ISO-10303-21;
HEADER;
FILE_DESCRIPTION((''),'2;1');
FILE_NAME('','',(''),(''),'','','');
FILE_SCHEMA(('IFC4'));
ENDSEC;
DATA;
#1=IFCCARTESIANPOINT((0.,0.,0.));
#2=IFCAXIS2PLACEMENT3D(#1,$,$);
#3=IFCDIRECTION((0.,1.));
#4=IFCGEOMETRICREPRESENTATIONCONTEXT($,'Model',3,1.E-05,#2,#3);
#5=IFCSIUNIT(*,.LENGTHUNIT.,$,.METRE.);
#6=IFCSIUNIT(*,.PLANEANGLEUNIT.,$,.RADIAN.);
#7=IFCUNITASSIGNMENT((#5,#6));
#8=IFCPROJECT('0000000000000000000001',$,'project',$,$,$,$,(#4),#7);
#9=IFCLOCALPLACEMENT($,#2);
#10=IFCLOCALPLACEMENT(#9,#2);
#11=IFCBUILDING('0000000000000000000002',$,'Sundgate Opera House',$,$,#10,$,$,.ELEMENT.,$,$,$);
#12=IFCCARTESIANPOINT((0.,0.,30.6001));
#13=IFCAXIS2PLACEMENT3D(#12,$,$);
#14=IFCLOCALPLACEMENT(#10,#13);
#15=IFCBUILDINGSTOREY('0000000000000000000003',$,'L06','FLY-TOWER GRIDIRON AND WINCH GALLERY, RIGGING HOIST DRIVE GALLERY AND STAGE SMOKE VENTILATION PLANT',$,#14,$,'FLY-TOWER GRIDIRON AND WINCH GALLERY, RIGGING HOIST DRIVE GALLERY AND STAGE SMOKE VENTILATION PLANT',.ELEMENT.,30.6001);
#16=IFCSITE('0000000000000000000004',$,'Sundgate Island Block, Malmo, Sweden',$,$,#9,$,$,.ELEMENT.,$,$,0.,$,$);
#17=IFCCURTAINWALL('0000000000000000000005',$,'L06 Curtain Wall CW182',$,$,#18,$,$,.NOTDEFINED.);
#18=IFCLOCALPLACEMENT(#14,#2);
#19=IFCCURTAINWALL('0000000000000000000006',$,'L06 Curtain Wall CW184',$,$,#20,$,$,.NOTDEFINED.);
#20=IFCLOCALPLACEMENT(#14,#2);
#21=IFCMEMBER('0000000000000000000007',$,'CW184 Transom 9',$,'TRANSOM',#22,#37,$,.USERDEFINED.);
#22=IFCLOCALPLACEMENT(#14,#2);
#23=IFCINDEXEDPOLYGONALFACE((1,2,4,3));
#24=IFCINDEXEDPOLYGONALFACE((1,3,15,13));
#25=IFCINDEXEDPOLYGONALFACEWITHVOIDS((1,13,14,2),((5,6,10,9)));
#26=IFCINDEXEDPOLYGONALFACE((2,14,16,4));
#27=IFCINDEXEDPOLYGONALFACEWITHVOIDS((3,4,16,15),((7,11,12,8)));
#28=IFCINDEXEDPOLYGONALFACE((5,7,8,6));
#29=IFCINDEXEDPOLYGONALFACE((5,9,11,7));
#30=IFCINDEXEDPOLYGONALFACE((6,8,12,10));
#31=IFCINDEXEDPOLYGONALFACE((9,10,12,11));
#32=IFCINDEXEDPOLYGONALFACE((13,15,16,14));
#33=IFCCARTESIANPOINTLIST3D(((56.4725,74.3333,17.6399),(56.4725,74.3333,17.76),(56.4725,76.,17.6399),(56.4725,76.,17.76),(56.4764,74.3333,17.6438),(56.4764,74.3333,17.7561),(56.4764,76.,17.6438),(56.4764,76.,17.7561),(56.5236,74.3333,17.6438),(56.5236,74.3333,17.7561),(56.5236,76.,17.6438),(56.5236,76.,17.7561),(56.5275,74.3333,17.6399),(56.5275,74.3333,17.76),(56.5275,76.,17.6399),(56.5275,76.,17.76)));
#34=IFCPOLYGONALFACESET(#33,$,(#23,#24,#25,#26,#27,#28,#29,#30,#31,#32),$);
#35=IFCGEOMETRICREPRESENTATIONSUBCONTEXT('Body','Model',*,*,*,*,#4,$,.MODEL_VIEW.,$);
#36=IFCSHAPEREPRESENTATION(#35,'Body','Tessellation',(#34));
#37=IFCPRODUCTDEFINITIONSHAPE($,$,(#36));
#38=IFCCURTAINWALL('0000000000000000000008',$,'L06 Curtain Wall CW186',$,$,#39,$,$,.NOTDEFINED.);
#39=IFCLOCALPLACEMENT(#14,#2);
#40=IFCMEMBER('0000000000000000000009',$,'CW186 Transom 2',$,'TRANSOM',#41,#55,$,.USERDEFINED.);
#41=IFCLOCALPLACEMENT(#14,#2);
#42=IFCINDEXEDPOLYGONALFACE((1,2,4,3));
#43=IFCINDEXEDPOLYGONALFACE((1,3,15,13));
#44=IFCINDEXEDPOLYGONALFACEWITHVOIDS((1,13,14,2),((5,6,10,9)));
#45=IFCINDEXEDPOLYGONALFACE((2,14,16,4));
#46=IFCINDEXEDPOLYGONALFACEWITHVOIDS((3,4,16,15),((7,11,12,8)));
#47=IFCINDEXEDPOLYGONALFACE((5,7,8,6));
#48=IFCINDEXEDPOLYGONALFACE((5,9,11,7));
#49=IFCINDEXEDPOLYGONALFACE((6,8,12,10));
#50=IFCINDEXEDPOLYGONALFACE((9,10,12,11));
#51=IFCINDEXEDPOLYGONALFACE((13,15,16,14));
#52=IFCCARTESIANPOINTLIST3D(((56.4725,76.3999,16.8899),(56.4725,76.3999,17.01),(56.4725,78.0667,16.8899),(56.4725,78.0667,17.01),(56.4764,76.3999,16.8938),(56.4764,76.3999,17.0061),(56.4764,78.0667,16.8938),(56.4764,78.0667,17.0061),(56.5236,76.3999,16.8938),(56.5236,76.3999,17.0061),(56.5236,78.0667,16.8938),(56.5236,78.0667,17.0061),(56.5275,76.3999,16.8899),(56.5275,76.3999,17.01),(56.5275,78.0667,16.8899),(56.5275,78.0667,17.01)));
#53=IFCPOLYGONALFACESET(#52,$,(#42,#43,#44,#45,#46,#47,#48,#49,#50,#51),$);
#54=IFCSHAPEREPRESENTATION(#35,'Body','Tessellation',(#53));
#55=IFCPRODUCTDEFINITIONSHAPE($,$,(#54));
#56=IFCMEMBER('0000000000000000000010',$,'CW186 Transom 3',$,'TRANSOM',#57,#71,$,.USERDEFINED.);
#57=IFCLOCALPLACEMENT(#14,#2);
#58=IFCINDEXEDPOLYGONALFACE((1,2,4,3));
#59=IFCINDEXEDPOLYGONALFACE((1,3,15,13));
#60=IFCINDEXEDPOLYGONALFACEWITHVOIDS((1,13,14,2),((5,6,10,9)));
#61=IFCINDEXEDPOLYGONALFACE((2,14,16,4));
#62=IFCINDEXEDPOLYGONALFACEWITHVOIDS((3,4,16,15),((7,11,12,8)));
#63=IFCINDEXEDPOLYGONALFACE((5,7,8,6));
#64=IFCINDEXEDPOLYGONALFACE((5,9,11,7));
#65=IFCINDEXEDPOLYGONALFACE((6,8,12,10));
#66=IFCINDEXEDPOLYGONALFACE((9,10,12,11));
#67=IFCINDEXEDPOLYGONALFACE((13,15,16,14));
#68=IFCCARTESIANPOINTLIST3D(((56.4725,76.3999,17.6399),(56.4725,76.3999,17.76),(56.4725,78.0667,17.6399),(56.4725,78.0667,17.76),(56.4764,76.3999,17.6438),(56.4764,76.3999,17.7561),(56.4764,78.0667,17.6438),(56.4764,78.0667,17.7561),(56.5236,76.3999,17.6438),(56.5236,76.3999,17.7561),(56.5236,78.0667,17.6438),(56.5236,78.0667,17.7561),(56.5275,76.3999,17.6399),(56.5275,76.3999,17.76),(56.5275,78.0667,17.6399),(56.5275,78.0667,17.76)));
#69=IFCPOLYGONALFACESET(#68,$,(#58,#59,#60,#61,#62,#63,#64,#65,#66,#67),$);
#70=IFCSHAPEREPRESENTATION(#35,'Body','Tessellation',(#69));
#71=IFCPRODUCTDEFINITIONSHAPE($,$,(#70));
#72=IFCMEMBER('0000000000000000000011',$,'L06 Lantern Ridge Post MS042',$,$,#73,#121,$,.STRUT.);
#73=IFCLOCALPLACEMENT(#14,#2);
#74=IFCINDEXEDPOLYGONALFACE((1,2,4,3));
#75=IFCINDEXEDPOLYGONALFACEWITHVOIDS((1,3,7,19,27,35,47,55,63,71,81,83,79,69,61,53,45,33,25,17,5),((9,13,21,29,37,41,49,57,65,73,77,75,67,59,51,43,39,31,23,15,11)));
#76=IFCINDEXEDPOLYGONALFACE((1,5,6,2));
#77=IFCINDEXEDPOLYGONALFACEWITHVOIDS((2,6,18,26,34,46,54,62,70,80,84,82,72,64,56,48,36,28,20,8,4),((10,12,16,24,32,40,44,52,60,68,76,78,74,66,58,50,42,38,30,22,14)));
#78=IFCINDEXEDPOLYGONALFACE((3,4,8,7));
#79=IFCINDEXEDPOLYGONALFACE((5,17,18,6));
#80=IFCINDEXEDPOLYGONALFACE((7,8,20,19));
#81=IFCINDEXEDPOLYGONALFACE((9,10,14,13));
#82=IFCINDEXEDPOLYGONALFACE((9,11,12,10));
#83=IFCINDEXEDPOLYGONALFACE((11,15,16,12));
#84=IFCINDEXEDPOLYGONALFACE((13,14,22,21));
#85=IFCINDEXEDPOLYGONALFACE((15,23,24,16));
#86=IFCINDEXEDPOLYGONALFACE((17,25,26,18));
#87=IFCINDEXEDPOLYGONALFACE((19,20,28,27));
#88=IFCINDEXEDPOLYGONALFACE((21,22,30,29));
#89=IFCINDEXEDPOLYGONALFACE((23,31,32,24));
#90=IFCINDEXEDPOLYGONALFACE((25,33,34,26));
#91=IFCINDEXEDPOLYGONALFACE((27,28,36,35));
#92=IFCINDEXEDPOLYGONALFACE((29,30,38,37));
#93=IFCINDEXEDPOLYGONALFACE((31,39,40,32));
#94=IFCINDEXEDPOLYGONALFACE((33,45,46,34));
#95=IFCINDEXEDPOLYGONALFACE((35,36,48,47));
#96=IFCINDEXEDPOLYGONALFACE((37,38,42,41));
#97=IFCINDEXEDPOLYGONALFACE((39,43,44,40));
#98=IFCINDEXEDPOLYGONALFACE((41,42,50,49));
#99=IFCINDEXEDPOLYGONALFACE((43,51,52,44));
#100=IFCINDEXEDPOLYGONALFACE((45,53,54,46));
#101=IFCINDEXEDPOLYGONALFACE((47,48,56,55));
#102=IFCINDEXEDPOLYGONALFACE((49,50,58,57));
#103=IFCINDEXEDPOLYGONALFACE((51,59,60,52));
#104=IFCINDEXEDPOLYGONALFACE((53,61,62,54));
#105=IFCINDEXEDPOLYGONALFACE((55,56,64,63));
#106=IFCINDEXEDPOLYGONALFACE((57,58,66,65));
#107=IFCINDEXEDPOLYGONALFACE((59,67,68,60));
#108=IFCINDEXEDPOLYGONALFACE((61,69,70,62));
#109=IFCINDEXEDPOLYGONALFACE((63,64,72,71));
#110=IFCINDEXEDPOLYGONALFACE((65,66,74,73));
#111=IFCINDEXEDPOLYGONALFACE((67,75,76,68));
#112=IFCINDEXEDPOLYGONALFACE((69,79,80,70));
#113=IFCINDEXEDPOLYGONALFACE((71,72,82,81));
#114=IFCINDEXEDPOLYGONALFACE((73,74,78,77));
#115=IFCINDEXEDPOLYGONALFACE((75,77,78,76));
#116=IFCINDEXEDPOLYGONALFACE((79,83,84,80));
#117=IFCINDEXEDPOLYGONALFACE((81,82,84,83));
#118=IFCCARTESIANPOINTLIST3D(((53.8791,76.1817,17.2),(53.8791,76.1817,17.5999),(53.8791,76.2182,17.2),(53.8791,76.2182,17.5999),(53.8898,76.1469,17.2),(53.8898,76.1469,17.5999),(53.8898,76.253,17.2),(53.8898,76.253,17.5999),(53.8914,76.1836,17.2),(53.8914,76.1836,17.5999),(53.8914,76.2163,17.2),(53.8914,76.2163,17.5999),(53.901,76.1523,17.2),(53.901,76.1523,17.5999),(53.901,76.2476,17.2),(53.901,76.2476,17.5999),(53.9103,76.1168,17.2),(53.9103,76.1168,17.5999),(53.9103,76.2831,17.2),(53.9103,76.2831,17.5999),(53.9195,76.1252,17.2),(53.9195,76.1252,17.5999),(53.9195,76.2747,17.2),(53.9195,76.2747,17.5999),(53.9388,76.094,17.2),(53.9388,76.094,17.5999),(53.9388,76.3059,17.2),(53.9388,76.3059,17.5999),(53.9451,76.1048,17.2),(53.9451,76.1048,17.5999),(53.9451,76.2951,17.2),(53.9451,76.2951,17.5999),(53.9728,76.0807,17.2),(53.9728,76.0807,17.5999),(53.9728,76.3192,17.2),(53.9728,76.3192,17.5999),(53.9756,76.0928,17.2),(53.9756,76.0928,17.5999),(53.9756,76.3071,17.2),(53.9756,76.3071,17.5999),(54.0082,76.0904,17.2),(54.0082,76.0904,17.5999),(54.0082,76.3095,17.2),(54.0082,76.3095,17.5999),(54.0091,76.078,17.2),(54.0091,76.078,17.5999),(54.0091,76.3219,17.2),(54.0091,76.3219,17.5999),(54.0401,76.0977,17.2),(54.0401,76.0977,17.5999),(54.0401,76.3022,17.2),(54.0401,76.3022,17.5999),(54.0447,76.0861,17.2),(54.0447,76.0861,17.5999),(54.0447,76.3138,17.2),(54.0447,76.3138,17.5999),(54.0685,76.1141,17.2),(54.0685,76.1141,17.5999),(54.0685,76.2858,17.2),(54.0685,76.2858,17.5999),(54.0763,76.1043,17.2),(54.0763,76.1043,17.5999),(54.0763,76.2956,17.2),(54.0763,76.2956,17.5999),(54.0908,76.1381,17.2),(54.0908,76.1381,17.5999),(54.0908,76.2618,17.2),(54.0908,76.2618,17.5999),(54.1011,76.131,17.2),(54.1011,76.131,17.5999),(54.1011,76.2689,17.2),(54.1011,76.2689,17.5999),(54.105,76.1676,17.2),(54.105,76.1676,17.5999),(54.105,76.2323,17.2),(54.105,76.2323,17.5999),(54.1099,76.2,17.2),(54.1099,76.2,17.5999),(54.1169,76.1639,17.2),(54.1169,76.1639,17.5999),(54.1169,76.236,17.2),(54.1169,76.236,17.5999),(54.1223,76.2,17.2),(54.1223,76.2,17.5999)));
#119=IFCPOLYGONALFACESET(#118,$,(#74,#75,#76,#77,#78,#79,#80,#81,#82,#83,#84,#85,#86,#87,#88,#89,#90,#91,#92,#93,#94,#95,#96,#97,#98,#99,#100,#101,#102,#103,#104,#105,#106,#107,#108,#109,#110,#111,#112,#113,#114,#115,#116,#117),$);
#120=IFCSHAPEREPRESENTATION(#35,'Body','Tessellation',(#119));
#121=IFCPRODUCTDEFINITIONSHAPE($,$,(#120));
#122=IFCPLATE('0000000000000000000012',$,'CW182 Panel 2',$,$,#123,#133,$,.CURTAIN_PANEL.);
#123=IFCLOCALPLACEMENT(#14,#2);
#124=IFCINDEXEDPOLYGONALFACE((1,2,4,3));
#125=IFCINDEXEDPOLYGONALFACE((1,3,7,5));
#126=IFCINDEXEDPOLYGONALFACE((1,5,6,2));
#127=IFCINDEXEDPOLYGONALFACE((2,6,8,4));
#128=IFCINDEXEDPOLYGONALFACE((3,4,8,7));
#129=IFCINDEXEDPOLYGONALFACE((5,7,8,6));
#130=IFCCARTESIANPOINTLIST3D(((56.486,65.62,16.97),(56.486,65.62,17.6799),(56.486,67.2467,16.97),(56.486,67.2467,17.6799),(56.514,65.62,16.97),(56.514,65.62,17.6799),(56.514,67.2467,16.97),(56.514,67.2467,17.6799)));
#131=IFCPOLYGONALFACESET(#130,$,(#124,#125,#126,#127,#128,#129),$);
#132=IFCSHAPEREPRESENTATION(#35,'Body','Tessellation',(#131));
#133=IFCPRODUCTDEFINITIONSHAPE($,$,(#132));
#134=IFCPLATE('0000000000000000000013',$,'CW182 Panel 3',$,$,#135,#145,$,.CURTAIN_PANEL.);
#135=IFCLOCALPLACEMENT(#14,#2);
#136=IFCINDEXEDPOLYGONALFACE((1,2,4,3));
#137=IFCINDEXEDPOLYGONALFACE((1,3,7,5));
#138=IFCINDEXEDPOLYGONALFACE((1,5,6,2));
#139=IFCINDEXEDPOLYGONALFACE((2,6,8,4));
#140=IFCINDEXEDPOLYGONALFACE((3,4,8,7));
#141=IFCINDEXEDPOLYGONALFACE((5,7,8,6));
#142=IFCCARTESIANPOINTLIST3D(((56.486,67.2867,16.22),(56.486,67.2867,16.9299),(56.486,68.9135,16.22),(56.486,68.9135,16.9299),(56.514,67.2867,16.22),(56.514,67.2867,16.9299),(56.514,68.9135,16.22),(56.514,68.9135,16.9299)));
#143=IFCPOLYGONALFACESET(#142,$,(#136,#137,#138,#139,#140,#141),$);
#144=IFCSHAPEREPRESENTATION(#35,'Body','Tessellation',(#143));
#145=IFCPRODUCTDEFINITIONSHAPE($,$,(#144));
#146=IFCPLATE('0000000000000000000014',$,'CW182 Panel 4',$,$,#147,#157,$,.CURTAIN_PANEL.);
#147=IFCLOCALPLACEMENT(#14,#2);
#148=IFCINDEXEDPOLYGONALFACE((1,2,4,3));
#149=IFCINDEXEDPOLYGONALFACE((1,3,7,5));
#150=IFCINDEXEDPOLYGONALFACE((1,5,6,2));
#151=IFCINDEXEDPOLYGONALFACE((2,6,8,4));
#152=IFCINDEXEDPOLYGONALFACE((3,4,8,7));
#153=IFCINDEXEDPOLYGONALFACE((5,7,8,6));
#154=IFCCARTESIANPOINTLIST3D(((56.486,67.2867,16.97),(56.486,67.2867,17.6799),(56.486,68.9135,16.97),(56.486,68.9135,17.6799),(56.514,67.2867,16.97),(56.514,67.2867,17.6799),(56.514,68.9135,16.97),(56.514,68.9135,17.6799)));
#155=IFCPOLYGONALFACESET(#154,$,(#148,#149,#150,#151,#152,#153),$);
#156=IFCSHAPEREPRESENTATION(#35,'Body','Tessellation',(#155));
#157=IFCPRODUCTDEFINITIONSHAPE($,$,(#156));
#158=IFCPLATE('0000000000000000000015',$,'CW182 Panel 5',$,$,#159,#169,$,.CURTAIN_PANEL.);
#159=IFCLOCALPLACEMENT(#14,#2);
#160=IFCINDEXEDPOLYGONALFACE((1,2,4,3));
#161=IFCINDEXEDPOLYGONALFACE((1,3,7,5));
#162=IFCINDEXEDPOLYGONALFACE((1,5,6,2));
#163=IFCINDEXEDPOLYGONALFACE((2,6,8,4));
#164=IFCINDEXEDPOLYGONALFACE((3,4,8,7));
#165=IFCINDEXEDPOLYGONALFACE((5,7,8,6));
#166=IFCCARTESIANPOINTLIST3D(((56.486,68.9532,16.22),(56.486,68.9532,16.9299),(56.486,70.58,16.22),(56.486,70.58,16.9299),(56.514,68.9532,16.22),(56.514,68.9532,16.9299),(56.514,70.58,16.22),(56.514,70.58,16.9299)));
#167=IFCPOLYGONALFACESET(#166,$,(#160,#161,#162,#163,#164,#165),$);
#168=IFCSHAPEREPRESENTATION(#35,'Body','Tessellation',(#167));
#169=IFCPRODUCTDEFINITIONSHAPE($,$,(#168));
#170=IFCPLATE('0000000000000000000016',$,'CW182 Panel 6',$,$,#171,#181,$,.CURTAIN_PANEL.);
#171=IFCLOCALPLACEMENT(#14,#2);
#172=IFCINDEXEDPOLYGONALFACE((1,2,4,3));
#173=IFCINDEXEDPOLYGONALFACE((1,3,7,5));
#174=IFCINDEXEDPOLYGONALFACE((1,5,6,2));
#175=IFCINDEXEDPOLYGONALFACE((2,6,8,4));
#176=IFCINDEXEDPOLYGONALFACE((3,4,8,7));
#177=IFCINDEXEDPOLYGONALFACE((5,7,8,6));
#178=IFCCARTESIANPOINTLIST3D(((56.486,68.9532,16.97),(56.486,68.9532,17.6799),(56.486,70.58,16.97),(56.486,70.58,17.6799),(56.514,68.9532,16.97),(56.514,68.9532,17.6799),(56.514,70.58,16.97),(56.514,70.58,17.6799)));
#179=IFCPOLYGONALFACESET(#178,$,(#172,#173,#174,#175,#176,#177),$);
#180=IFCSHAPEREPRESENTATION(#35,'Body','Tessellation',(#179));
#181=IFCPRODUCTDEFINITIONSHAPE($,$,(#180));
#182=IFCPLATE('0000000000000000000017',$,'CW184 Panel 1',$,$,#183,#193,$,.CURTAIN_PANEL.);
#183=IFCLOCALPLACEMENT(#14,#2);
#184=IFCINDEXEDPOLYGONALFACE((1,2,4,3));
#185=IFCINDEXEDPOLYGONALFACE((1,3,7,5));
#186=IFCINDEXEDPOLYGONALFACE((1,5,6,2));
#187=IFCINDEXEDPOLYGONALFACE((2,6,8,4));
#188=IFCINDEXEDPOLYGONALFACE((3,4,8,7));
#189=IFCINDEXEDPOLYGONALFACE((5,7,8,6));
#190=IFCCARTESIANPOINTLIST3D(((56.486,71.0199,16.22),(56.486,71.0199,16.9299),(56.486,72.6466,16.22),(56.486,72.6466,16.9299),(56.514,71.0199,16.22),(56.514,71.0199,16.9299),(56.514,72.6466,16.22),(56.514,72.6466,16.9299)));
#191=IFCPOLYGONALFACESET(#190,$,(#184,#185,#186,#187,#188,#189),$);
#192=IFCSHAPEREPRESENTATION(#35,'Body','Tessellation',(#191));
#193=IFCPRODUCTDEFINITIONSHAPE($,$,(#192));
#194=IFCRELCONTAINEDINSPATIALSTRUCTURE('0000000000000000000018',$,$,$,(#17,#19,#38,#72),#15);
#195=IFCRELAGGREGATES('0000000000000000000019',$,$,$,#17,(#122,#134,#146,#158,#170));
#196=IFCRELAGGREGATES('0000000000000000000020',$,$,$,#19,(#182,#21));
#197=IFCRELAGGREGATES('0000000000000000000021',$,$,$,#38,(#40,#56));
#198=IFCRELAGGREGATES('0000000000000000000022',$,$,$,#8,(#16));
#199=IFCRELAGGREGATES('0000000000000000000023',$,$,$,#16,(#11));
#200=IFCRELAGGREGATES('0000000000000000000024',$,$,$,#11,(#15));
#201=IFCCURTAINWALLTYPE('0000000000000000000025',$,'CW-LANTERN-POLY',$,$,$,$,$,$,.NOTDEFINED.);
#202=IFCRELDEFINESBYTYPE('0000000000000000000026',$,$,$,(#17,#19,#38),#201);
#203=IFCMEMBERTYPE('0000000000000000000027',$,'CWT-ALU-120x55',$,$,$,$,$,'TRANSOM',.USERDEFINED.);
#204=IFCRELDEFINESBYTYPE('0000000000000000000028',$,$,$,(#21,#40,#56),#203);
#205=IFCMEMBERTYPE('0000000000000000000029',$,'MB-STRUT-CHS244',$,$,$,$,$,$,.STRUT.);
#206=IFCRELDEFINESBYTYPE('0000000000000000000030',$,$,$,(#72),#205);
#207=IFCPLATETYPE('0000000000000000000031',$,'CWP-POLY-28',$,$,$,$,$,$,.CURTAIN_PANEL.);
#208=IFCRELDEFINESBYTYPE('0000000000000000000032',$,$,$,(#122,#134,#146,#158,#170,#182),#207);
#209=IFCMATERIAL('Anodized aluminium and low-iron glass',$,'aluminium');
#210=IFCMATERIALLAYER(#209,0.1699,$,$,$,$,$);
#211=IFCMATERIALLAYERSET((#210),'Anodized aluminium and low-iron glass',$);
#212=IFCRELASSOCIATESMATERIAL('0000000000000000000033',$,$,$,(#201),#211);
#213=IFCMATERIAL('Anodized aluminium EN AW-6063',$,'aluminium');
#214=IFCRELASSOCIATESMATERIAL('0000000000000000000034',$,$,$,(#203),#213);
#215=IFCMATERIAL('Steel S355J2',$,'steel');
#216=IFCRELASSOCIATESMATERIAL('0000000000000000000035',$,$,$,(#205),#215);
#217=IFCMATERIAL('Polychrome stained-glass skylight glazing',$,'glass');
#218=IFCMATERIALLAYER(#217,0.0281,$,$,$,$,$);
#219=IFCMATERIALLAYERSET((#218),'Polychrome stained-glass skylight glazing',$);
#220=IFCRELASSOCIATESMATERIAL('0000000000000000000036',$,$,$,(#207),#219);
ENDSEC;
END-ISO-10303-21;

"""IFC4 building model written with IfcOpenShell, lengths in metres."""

from ifc_helpers import new_model, si_unit, direction, frame, origin, origin_2d, place, context, subcontext, project, spatial, rectangle, hollow_rectangle, hollow_circle, extrude, material, layer, layer_set, material_profile, profile_set, type_object, element, aggregate, save


model = new_model("IFC4")

# Units and contexts
model_context = context("Model", 3, precision=1e-05, world=origin(), true_north=direction((0.0, 1.0)))
body_context = subcontext(model_context, "Body", "Model", "MODEL_VIEW")
ifc_project = project(units=[si_unit("LENGTHUNIT", "METRE"), si_unit("PLANEANGLEUNIT", "RADIAN")], contexts=[model_context])

# Site, building, storey
site_placement = place(None, origin())
site = spatial("IfcSite", under=ifc_project, at=site_placement, Name="Sundgate Island Block, Malmo, Sweden", CompositionType="ELEMENT", RefElevation=0.0)
building_placement = place(site_placement, origin())
building = spatial("IfcBuilding", under=site, at=building_placement, Name="Sundgate Opera House", CompositionType="ELEMENT")
storey_placement = place(building_placement, frame((0.0, 0.0, 30.6001)))
storey = spatial("IfcBuildingStorey", under=building, at=storey_placement, Name="L06", Description="FLY-TOWER GRIDIRON AND WINCH GALLERY, RIGGING HOIST DRIVE GALLERY AND STAGE SMOKE VENTILATION PLANT", LongName="FLY-TOWER GRIDIRON AND WINCH GALLERY, RIGGING HOIST DRIVE GALLERY AND STAGE SMOKE VENTILATION PLANT", CompositionType="ELEMENT", Elevation=30.6001)

# Curtain walls, members
ifc_material_1 = material(Name="Anodized aluminium and low-iron glass", Category="aluminium")
ifc_layer_1 = layer(ifc_material_1, 0.1699)
ifc_layer_set_1 = layer_set([ifc_layer_1], Name="Anodized aluminium and low-iron glass")
curtain_wall_type = type_object("IfcCurtainWallType", Name="CW-LANTERN-POLY", PredefinedType="NOTDEFINED", material=ifc_layer_set_1)
curtain_wall_1_placement = place(storey_placement, origin())
curtain_wall_1 = element("IfcCurtainWall", 1, at=curtain_wall_1_placement, inside=storey, type_object=curtain_wall_type, Name="L06 Curtain Wall CW182", PredefinedType="NOTDEFINED")
ifc_material_2 = material(Name="Anodized aluminium EN AW-6063", Category="aluminium")
ifc_material_profile_1 = material_profile(ifc_material_2, hollow_rectangle(XDim=0.0549, YDim=0.1201, WallThickness=0.0039, at=origin_2d()), Name="CWT 120x55x4")
ifc_profile_set_1 = profile_set([ifc_material_profile_1], Name="Anodized aluminium EN AW-6063")
member_type_1 = type_object("IfcMemberType", Name="CWT-ALU-120x55", ElementType="TRANSOM", PredefinedType="USERDEFINED", material=ifc_profile_set_1)
curtain_wall_2_placement = place(storey_placement, origin())
curtain_wall_2 = element("IfcCurtainWall", 2, at=curtain_wall_2_placement, inside=storey, type_object=curtain_wall_type, Name="L06 Curtain Wall CW184", PredefinedType="NOTDEFINED")
member_1_placement = place(storey_placement, frame((56.5, 74.3333, 17.7), z_axis=(0.0, 1.0, 0.0), x_axis=(-1.0, 0.0, 0.0)))
member_1 = element("IfcMember", 3, at=member_1_placement, type_object=member_type_1, Name="CW184 Transom 9", ObjectType="TRANSOM", PredefinedType="USERDEFINED", context=body_context, shape_type="SweptSolid", body=[
    extrude(hollow_rectangle(XDim=0.0549, YDim=0.1201, WallThickness=0.0039, at=origin_2d()), origin(), (0.0, 0.0, 1.0), 1.6667),
])
curtain_wall_3_placement = place(storey_placement, origin())
curtain_wall_3 = element("IfcCurtainWall", 4, at=curtain_wall_3_placement, inside=storey, type_object=curtain_wall_type, Name="L06 Curtain Wall CW186", PredefinedType="NOTDEFINED")
member_2_placement = place(storey_placement, frame((56.5, 76.3999, 16.95), z_axis=(0.0, 1.0, 0.0), x_axis=(-1.0, 0.0, 0.0)))
member_2 = element("IfcMember", 5, at=member_2_placement, type_object=member_type_1, Name="CW186 Transom 2", ObjectType="TRANSOM", PredefinedType="USERDEFINED", context=body_context, shape_type="SweptSolid", body=[
    extrude(hollow_rectangle(XDim=0.0549, YDim=0.1201, WallThickness=0.0039, at=origin_2d()), origin(), (0.0, 0.0, 1.0), 1.6667),
])
member_3_placement = place(storey_placement, frame((56.5, 76.3999, 17.7), z_axis=(0.0, 1.0, 0.0), x_axis=(-1.0, 0.0, 0.0)))
member_3 = element("IfcMember", 6, at=member_3_placement, type_object=member_type_1, Name="CW186 Transom 3", ObjectType="TRANSOM", PredefinedType="USERDEFINED", context=body_context, shape_type="SweptSolid", body=[
    extrude(hollow_rectangle(XDim=0.0549, YDim=0.1201, WallThickness=0.0039, at=origin_2d()), origin(), (0.0, 0.0, 1.0), 1.6667),
])

# Member
ifc_material_3 = material(Name="Steel S355J2", Category="steel")
ifc_material_profile_2 = material_profile(ifc_material_3, hollow_circle(Radius=0.1223, WallThickness=0.0125, at=origin_2d()), Name="CHS 244.5x12.5")
ifc_profile_set_2 = profile_set([ifc_material_profile_2], Name="Steel S355J2")
member_type_2 = type_object("IfcMemberType", Name="MB-STRUT-CHS244", PredefinedType="STRUT", material=ifc_profile_set_2)
member_4_placement = place(storey_placement, frame((54.0, 76.2, 17.2), z_axis=(0.0, 0.0, 1.0), x_axis=(1.0, 0.0, 0.0)))
element("IfcMember", 7, at=member_4_placement, inside=storey, type_object=member_type_2, Name="L06 Lantern Ridge Post MS042", PredefinedType="STRUT", context=body_context, shape_type="SweptSolid", body=[
    extrude(hollow_circle(Radius=0.1223, WallThickness=0.0125, at=origin_2d()), origin(), (0.0, 0.0, 1.0), 0.3999),
])

# Plates
ifc_material_4 = material(Name="Polychrome stained-glass skylight glazing", Category="glass")
ifc_layer_2 = layer(ifc_material_4, 0.0281)
ifc_layer_set_2 = layer_set([ifc_layer_2], Name="Polychrome stained-glass skylight glazing")
plate_type_1 = type_object("IfcPlateType", Name="CWP-POLY-28", PredefinedType="CURTAIN_PANEL", material=ifc_layer_set_2)
plate_1_placement = place(storey_placement, frame((56.5, 66.4333, 16.97), z_axis=(0.0, 0.0, 1.0), x_axis=(0.0, 1.0, 0.0)))
plate_1 = element("IfcPlate", 8, at=plate_1_placement, type_object=plate_type_1, Name="CW182 Panel 2", PredefinedType="CURTAIN_PANEL", context=body_context, shape_type="SweptSolid", body=[
    extrude(rectangle(XDim=1.6267, YDim=0.0281, at=origin_2d()), origin(), (0.0, 0.0, 1.0), 0.71),
])
plate_2_placement = place(storey_placement, frame((56.5, 68.1001, 16.22), z_axis=(0.0, 0.0, 1.0), x_axis=(0.0, 1.0, 0.0)))
plate_2 = element("IfcPlate", 9, at=plate_2_placement, type_object=plate_type_1, Name="CW182 Panel 3", PredefinedType="CURTAIN_PANEL", context=body_context, shape_type="SweptSolid", body=[
    extrude(rectangle(XDim=1.6267, YDim=0.0281, at=origin_2d()), origin(), (0.0, 0.0, 1.0), 0.71),
])
plate_3_placement = place(storey_placement, frame((56.5, 68.1001, 16.97), z_axis=(0.0, 0.0, 1.0), x_axis=(0.0, 1.0, 0.0)))
plate_3 = element("IfcPlate", 10, at=plate_3_placement, type_object=plate_type_1, Name="CW182 Panel 4", PredefinedType="CURTAIN_PANEL", context=body_context, shape_type="SweptSolid", body=[
    extrude(rectangle(XDim=1.6267, YDim=0.0281, at=origin_2d()), origin(), (0.0, 0.0, 1.0), 0.71),
])
plate_4_placement = place(storey_placement, frame((56.5, 69.7666, 16.22), z_axis=(0.0, 0.0, 1.0), x_axis=(0.0, 1.0, 0.0)))
plate_4 = element("IfcPlate", 11, at=plate_4_placement, type_object=plate_type_1, Name="CW182 Panel 5", PredefinedType="CURTAIN_PANEL", context=body_context, shape_type="SweptSolid", body=[
    extrude(rectangle(XDim=1.6267, YDim=0.0281, at=origin_2d()), origin(), (0.0, 0.0, 1.0), 0.71),
])
plate_5_placement = place(storey_placement, frame((56.5, 69.7666, 16.97), z_axis=(0.0, 0.0, 1.0), x_axis=(0.0, 1.0, 0.0)))
plate_5 = element("IfcPlate", 12, at=plate_5_placement, type_object=plate_type_1, Name="CW182 Panel 6", PredefinedType="CURTAIN_PANEL", context=body_context, shape_type="SweptSolid", body=[
    extrude(rectangle(XDim=1.6267, YDim=0.0281, at=origin_2d()), origin(), (0.0, 0.0, 1.0), 0.71),
])
aggregate(curtain_wall_1, [plate_1, plate_2, plate_3, plate_4, plate_5])
plate_6_placement = place(storey_placement, frame((56.5, 71.8333, 16.22), z_axis=(0.0, 0.0, 1.0), x_axis=(0.0, 1.0, 0.0)))
plate_6 = element("IfcPlate", 13, at=plate_6_placement, type_object=plate_type_1, Name="CW184 Panel 1", PredefinedType="CURTAIN_PANEL", context=body_context, shape_type="SweptSolid", body=[
    extrude(rectangle(XDim=1.6267, YDim=0.0281, at=origin_2d()), origin(), (0.0, 0.0, 1.0), 0.71),
])
aggregate(curtain_wall_2, [plate_6, member_1])
aggregate(curtain_wall_3, [member_2, member_3])

save(model, "model.ifc")
